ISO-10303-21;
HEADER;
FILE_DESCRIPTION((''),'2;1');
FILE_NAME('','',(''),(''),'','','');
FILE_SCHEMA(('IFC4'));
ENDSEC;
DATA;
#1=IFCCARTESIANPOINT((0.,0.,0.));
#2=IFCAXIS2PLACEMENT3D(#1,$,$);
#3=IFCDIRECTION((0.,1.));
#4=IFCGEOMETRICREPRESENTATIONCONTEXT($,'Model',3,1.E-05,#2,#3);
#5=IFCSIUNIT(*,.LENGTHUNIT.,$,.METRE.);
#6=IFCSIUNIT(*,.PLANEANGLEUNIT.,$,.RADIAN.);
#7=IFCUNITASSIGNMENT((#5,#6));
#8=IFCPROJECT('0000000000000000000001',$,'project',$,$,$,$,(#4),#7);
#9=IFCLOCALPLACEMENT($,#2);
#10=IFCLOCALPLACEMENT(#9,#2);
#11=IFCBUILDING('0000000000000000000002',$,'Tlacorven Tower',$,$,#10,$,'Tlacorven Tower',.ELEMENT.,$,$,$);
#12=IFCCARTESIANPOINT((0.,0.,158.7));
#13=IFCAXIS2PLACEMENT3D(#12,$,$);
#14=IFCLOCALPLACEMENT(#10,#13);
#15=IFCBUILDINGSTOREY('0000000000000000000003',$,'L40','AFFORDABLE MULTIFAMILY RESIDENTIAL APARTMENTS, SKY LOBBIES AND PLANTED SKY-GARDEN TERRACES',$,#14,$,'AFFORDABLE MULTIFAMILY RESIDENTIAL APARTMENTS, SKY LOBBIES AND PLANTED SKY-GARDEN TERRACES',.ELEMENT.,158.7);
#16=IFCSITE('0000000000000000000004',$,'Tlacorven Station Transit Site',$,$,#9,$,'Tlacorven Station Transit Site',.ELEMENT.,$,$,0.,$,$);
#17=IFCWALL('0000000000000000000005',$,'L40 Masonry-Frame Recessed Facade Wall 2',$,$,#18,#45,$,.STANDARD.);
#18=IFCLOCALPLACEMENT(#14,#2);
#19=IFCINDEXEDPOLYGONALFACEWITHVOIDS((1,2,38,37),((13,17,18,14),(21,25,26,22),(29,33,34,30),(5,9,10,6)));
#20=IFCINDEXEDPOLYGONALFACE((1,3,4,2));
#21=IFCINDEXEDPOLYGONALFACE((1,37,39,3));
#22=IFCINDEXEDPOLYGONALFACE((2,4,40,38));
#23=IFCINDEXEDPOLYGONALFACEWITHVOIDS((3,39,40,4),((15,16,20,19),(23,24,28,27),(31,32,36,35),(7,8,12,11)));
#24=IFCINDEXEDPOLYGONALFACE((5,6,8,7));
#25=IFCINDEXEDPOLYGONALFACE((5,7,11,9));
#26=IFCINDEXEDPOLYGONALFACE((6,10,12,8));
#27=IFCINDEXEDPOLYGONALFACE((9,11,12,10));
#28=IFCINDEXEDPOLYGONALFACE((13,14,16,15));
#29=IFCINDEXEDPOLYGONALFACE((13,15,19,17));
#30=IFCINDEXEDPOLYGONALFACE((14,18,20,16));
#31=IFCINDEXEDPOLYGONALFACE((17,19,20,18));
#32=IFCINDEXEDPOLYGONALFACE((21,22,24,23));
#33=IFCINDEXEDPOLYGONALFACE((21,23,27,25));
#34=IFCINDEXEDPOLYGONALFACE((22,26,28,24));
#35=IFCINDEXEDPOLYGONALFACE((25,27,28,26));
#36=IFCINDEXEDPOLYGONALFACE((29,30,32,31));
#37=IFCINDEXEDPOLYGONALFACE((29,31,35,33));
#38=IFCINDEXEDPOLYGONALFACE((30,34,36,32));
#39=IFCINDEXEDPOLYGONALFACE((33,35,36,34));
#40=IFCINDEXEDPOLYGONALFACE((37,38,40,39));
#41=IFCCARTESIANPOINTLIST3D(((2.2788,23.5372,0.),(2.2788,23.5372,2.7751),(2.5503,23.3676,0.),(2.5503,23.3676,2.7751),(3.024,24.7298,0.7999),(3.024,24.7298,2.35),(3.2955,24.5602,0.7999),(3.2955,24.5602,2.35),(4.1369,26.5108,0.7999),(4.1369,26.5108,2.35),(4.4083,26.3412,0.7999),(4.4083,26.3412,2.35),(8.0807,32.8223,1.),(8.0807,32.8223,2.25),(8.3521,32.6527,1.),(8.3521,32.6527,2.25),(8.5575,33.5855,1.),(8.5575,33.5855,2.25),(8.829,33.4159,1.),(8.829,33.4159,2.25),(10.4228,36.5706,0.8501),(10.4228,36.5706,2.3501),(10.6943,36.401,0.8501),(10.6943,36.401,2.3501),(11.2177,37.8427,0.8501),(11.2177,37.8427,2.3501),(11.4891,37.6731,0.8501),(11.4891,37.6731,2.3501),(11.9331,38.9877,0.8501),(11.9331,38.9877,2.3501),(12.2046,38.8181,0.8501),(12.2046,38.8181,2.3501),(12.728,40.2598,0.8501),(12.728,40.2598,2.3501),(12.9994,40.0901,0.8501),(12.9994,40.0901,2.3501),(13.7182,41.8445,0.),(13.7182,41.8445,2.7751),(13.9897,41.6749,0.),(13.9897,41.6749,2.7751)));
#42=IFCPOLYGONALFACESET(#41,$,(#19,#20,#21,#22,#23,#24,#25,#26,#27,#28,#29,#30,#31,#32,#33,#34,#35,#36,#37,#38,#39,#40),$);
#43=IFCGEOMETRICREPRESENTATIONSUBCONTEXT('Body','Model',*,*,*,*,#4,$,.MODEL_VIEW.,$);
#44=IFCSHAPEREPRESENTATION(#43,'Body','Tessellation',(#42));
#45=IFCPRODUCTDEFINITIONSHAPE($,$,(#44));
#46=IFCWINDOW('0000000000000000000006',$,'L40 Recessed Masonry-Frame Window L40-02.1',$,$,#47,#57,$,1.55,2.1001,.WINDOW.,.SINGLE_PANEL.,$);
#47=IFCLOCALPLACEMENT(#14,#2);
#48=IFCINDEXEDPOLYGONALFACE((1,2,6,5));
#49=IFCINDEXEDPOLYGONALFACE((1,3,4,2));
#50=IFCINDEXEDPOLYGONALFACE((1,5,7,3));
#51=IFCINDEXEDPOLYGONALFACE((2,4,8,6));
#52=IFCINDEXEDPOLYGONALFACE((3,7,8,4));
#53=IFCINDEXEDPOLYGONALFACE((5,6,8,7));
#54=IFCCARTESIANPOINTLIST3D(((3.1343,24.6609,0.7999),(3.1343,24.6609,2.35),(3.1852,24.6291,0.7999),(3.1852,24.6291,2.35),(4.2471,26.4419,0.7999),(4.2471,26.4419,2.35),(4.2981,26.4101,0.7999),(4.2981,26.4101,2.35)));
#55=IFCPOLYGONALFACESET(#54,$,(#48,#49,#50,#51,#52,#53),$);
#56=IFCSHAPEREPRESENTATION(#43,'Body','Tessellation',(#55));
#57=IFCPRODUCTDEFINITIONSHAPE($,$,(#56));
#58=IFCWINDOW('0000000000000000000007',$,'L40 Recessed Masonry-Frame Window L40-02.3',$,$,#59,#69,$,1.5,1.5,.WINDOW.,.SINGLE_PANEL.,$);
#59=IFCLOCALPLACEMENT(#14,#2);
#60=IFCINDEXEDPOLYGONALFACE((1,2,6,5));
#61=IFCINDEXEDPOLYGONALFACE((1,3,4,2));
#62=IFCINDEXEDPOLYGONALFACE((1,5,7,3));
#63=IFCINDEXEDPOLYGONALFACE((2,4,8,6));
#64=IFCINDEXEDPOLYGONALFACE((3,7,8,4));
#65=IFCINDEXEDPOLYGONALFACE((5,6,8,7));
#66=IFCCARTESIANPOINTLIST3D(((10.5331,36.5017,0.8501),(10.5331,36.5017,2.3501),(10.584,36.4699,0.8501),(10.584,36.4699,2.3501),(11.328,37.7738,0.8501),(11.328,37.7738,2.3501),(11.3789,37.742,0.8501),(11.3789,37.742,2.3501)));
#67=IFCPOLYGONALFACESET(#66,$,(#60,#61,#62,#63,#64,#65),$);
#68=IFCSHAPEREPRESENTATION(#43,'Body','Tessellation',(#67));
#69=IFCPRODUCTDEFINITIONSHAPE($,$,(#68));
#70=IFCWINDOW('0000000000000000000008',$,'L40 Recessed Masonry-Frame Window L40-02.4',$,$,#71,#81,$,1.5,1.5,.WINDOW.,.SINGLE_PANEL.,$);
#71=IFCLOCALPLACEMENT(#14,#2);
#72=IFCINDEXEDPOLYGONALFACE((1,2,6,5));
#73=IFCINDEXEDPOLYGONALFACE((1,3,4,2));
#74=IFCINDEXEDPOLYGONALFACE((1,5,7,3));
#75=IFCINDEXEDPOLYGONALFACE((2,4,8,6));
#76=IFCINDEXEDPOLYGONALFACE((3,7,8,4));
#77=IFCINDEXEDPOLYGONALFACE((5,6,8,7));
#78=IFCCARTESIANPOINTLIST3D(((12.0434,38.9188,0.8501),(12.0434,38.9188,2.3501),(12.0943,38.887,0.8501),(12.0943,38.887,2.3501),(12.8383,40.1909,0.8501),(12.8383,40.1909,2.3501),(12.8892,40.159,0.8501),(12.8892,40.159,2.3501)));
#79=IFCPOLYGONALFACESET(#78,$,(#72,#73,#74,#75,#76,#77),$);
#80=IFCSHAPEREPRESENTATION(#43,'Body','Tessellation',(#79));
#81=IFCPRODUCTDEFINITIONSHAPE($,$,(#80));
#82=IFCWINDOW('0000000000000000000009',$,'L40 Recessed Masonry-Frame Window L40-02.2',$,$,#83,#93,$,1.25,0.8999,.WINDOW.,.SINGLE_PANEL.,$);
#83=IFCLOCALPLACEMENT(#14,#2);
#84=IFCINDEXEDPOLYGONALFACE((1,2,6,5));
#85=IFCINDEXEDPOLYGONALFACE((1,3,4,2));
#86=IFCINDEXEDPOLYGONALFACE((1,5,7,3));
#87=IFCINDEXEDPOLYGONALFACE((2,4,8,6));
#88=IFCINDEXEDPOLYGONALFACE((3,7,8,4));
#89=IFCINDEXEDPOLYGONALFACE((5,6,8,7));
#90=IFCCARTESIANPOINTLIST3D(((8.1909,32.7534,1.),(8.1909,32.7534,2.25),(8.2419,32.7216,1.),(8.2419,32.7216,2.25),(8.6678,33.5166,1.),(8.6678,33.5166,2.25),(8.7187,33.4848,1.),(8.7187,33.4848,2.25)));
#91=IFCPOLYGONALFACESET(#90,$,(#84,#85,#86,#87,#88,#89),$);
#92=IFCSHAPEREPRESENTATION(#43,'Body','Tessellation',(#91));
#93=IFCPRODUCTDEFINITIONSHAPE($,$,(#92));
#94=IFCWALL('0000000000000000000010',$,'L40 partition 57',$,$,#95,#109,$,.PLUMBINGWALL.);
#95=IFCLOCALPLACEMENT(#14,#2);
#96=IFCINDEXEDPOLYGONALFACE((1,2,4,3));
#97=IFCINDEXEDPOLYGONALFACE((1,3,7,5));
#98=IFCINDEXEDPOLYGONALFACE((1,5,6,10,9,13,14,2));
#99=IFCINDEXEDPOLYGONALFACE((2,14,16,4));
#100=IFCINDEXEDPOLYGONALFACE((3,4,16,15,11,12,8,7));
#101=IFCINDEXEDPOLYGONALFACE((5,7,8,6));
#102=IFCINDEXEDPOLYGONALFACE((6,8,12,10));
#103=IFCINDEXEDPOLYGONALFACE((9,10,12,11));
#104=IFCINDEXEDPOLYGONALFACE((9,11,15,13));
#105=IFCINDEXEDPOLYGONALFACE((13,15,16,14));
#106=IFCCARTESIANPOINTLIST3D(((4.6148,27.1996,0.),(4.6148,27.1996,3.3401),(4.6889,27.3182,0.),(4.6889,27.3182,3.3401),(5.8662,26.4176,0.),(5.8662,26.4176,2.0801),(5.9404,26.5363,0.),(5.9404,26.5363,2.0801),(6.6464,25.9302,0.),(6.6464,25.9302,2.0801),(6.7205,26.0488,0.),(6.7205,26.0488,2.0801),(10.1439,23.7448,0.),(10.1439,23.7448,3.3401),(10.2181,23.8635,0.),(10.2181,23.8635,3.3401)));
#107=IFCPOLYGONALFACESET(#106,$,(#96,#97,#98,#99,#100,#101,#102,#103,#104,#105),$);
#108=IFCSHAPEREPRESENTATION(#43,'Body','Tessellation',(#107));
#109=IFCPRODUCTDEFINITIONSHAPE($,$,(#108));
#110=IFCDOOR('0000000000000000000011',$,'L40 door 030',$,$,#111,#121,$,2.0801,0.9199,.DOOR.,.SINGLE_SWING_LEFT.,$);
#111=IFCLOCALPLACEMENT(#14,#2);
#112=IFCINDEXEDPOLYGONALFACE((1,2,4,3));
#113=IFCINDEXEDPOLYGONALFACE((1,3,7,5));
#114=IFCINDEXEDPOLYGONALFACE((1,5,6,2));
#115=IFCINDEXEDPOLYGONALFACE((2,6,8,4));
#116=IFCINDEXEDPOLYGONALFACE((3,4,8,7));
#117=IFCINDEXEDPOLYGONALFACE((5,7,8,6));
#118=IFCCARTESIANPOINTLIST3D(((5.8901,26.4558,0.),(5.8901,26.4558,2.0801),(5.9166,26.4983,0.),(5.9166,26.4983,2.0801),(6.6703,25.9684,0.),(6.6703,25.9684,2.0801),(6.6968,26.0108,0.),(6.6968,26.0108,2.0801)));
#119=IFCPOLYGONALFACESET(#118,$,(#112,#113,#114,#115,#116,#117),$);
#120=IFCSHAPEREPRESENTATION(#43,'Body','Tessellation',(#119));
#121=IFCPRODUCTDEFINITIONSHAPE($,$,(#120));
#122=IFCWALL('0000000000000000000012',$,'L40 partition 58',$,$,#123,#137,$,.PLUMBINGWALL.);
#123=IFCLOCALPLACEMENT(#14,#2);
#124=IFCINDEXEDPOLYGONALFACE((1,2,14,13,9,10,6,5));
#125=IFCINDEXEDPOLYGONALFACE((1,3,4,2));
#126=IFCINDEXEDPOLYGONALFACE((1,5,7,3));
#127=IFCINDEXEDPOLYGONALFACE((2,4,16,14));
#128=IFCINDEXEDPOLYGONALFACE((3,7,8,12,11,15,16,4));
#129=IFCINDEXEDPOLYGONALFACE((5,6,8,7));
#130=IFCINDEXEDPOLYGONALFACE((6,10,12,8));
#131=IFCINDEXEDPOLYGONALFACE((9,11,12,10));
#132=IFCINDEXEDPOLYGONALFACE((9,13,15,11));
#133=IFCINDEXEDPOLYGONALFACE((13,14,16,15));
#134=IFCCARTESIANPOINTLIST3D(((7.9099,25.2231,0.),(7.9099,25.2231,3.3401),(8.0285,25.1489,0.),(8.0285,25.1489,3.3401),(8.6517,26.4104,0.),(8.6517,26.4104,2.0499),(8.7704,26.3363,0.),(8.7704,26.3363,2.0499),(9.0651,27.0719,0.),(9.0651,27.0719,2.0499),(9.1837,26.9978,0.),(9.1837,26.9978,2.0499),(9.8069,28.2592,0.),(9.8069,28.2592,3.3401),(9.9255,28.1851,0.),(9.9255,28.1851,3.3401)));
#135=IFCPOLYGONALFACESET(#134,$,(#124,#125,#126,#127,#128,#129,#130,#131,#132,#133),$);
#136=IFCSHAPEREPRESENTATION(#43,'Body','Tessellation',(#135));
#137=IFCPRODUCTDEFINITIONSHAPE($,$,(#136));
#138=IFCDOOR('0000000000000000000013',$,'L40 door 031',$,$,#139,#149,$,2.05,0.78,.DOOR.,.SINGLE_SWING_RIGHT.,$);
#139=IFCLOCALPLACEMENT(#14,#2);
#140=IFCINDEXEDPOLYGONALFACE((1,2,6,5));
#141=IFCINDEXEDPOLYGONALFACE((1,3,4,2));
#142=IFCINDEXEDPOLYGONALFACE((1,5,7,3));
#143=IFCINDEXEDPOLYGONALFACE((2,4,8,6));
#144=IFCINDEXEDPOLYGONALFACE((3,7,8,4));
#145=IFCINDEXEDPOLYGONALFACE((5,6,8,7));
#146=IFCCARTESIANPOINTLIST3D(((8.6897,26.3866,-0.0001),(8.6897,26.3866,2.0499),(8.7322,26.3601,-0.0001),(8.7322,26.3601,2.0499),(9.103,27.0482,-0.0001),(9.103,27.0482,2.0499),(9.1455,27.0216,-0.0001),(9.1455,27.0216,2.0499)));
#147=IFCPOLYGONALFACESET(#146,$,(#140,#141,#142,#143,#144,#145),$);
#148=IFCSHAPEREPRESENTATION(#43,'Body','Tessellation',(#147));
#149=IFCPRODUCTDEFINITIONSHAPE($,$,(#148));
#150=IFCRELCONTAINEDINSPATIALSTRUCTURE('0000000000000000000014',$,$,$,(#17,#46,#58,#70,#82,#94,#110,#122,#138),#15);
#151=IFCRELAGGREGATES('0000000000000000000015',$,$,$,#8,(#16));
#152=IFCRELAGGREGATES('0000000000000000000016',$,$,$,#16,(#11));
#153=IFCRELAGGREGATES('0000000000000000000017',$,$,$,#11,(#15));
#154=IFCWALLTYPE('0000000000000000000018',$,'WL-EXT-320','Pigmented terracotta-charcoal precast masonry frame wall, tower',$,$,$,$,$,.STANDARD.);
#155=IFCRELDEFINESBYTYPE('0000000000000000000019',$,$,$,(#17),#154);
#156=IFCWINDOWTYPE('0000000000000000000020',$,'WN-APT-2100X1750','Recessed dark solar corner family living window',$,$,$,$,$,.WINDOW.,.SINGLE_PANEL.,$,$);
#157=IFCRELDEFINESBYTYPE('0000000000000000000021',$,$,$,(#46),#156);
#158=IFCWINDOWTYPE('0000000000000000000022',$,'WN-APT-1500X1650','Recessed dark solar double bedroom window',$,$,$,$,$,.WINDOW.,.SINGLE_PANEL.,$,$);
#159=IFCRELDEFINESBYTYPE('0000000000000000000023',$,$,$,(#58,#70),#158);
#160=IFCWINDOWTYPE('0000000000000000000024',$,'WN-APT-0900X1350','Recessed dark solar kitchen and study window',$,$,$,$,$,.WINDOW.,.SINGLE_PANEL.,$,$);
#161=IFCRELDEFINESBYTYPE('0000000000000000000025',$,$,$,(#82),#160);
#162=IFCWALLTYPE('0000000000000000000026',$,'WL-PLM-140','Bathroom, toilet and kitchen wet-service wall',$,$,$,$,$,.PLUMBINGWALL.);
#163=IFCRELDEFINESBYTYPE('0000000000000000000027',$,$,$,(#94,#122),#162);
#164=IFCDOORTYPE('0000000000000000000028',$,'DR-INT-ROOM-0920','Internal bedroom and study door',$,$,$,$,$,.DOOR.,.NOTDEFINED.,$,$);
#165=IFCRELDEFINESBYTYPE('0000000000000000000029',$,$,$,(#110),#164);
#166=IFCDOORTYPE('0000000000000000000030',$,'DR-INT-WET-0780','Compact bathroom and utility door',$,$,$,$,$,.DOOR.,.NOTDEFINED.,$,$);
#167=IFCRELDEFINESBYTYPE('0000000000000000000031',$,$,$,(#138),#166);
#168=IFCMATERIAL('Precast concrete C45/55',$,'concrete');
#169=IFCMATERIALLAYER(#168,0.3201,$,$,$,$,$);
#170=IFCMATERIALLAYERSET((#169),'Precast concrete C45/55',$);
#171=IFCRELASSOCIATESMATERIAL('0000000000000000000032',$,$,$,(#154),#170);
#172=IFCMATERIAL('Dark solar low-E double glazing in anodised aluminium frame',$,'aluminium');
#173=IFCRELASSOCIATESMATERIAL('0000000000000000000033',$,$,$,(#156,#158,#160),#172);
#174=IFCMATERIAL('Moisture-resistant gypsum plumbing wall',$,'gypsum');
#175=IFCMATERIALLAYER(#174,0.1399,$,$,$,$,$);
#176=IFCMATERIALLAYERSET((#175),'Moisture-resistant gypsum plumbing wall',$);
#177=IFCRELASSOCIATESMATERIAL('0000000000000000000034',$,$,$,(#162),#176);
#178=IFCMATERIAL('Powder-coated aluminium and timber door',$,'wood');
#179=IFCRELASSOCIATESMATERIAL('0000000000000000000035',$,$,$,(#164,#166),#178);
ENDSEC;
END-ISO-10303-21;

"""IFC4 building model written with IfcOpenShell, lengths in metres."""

from ifc_helpers import new_model, si_unit, direction, frame, frame_2d, origin, place, context, subcontext, project, spatial, rectangle, extrude, source, transform, mapped, material, layer, layer_set, type_object, element, fill, save


model = new_model("IFC4")

# Units and contexts
model_context = context("Model", 3, precision=1e-05, world=origin(), true_north=direction((0.0, 1.0)))
body_context = subcontext(model_context, "Body", "Model", "MODEL_VIEW")
ifc_project = project(units=[si_unit("LENGTHUNIT", "METRE"), si_unit("PLANEANGLEUNIT", "RADIAN")], contexts=[model_context])

# Site, building, storey
site_placement = place(None, origin())
site = spatial("IfcSite", under=ifc_project, at=site_placement, Name="Tlacorven Station Transit Site", LongName="Tlacorven Station Transit Site", CompositionType="ELEMENT", RefElevation=0.0)
building_placement = place(site_placement, origin())
building = spatial("IfcBuilding", under=site, at=building_placement, Name="Tlacorven Tower", LongName="Tlacorven Tower", CompositionType="ELEMENT")
storey_placement = place(building_placement, frame((0.0, 0.0, 158.7)))
storey = spatial("IfcBuildingStorey", under=building, at=storey_placement, Name="L40", Description="AFFORDABLE MULTIFAMILY RESIDENTIAL APARTMENTS, SKY LOBBIES AND PLANTED SKY-GARDEN TERRACES", LongName="AFFORDABLE MULTIFAMILY RESIDENTIAL APARTMENTS, SKY LOBBIES AND PLANTED SKY-GARDEN TERRACES", CompositionType="ELEMENT", Elevation=158.7)

# Wall, openings, windows
ifc_material_1 = material(Name="Precast concrete C45/55", Category="concrete")
ifc_layer_1 = layer(ifc_material_1, 0.3201)
ifc_layer_set_1 = layer_set([ifc_layer_1], Name="Precast concrete C45/55")
wall_type_1 = type_object("IfcWallType", Name="WL-EXT-320", Description="Pigmented terracotta-charcoal precast masonry frame wall, tower", PredefinedType="STANDARD", material=ifc_layer_set_1)
wall_1_placement = place(storey_placement, frame((2.4146, 23.4524, 0.0), z_axis=(0.0, 0.0, 1.0), x_axis=(0.52991, 0.848054, 0.0)))
wall_1 = element("IfcWall", 1, at=wall_1_placement, inside=storey, type_object=wall_type_1, Name="L40 Masonry-Frame Recessed Facade Wall 2", PredefinedType="STANDARD", context=body_context, shape_type="SweptSolid", body=[
    extrude(rectangle(XDim=21.5874, YDim=0.3201, at=frame_2d((10.7937, 0.0))), origin(), (0.0, 0.0, 1.0), 2.7751),
])
opening_1_placement = place(wall_1_placement, frame((1.4062, 0.0, 0.8)))
opening_1 = element("IfcOpeningElement", 2, at=opening_1_placement, cuts=wall_1, PredefinedType="OPENING", context=body_context, shape_type="SweptSolid", body=[
    extrude(rectangle(XDim=2.1001, YDim=1.55, at=frame_2d((1.05, 0.7749))), frame((0.0, 0.1699, 0.0), z_axis=(0.0, -1.0, 0.0), x_axis=(1.0, 0.0, 0.0)), (0.0, 0.0, 1.0), 0.3401),
])
opening_2_placement = place(wall_1_placement, frame((10.9487, 0.0, 1.0)))
opening_2 = element("IfcOpeningElement", 3, at=opening_2_placement, cuts=wall_1, PredefinedType="OPENING", context=body_context, shape_type="SweptSolid", body=[
    extrude(rectangle(XDim=0.8999, YDim=1.25, at=frame_2d((0.45, 0.625))), frame((0.0, 0.1699, 0.0), z_axis=(0.0, -1.0, 0.0), x_axis=(1.0, 0.0, 0.0)), (0.0, 0.0, 1.0), 0.3401),
])
opening_3_placement = place(wall_1_placement, frame((15.3687, 0.0, 0.8501)))
opening_3 = element("IfcOpeningElement", 4, at=opening_3_placement, cuts=wall_1, PredefinedType="OPENING", context=body_context, shape_type="SweptSolid", body=[
    extrude(rectangle(XDim=1.5, YDim=1.5, at=frame_2d((0.75, 0.75))), frame((0.0, 0.1699, 0.0), z_axis=(0.0, -1.0, 0.0), x_axis=(1.0, 0.0, 0.0)), (0.0, 0.0, 1.0), 0.3401),
])
opening_4_placement = place(wall_1_placement, frame((18.2188, 0.0, 0.8501)))
opening_4 = element("IfcOpeningElement", 5, at=opening_4_placement, cuts=wall_1, PredefinedType="OPENING", context=body_context, shape_type="SweptSolid", body=[
    extrude(rectangle(XDim=1.5, YDim=1.5, at=frame_2d((0.75, 0.75))), frame((0.0, 0.1699, 0.0), z_axis=(0.0, -1.0, 0.0), x_axis=(1.0, 0.0, 0.0)), (0.0, 0.0, 1.0), 0.3401),
])
ifc_material_2 = material(Name="Dark solar low-E double glazing in anodised aluminium frame", Category="aluminium")
window_type_1 = type_object("IfcWindowType", Name="WN-APT-2100X1750", Description="Recessed dark solar corner family living window", PartitioningType="SINGLE_PANEL", PredefinedType="WINDOW", material=ifc_material_2)
shared_shape_1 = source(origin(), body_context, "Body", "SweptSolid", [
    extrude(rectangle(XDim=2.1001, YDim=1.55, at=frame_2d((1.05, 0.7749))), frame((0.0, 0.03, 0.0), z_axis=(0.0, -1.0, 0.0), x_axis=(1.0, 0.0, 0.0)), (0.0, 0.0, 1.0), 0.0601),
])
window_1_placement = place(opening_1_placement, origin())
window_1 = element("IfcWindow", 6, at=window_1_placement, inside=storey, type_object=window_type_1, Name="L40 Recessed Masonry-Frame Window L40-02.1", OverallHeight=1.55, OverallWidth=2.1001, PartitioningType="SINGLE_PANEL", PredefinedType="WINDOW", context=body_context, shape_type="MappedRepresentation", body=[
    mapped(shared_shape_1, transform((0.0, 0.0, 0.0), scale=1.0)),
])
fill(opening_1, window_1)
window_type_2 = type_object("IfcWindowType", Name="WN-APT-1500X1650", Description="Recessed dark solar double bedroom window", PartitioningType="SINGLE_PANEL", PredefinedType="WINDOW", material=ifc_material_2)
shared_shape_2 = source(origin(), body_context, "Body", "SweptSolid", [
    extrude(rectangle(XDim=1.5, YDim=1.5, at=frame_2d((0.75, 0.75))), frame((0.0, 0.03, 0.0), z_axis=(0.0, -1.0, 0.0), x_axis=(1.0, 0.0, 0.0)), (0.0, 0.0, 1.0), 0.0601),
])
window_2_placement = place(opening_3_placement, origin())
window_2 = element("IfcWindow", 7, at=window_2_placement, inside=storey, type_object=window_type_2, Name="L40 Recessed Masonry-Frame Window L40-02.3", OverallHeight=1.5, OverallWidth=1.5, PartitioningType="SINGLE_PANEL", PredefinedType="WINDOW", context=body_context, shape_type="MappedRepresentation", body=[
    mapped(shared_shape_2, transform((0.0, 0.0, 0.0), scale=1.0)),
])
fill(opening_3, window_2)
window_3_placement = place(opening_4_placement, origin())
window_3 = element("IfcWindow", 8, at=window_3_placement, inside=storey, type_object=window_type_2, Name="L40 Recessed Masonry-Frame Window L40-02.4", OverallHeight=1.5, OverallWidth=1.5, PartitioningType="SINGLE_PANEL", PredefinedType="WINDOW", context=body_context, shape_type="MappedRepresentation", body=[
    mapped(shared_shape_2, transform((0.0, 0.0, 0.0), scale=1.0)),
])
fill(opening_4, window_3)
window_type_3 = type_object("IfcWindowType", Name="WN-APT-0900X1350", Description="Recessed dark solar kitchen and study window", PartitioningType="SINGLE_PANEL", PredefinedType="WINDOW", material=ifc_material_2)
shared_shape_3 = source(origin(), body_context, "Body", "SweptSolid", [
    extrude(rectangle(XDim=0.8999, YDim=1.25, at=frame_2d((0.45, 0.625))), frame((0.0, 0.03, 0.0), z_axis=(0.0, -1.0, 0.0), x_axis=(1.0, 0.0, 0.0)), (0.0, 0.0, 1.0), 0.0601),
])
window_4_placement = place(opening_2_placement, origin())
window_4 = element("IfcWindow", 9, at=window_4_placement, inside=storey, type_object=window_type_3, Name="L40 Recessed Masonry-Frame Window L40-02.2", OverallHeight=1.25, OverallWidth=0.8999, PartitioningType="SINGLE_PANEL", PredefinedType="WINDOW", context=body_context, shape_type="MappedRepresentation", body=[
    mapped(shared_shape_3, transform((0.0, 0.0, 0.0), scale=1.0)),
])
fill(opening_2, window_4)

# Walls, openings, doors
ifc_material_3 = material(Name="Moisture-resistant gypsum plumbing wall", Category="gypsum")
ifc_layer_2 = layer(ifc_material_3, 0.1399)
ifc_layer_set_2 = layer_set([ifc_layer_2], Name="Moisture-resistant gypsum plumbing wall")
wall_type_2 = type_object("IfcWallType", Name="WL-PLM-140", Description="Bathroom, toilet and kitchen wet-service wall", PredefinedType="PLUMBINGWALL", material=ifc_layer_set_2)
wall_2_placement = place(storey_placement, frame((10.1809, 23.8042, 0.0), z_axis=(0.0, 0.0, 1.0), x_axis=(-0.848066, 0.529891, 0.0)))
wall_2 = element("IfcWall", 10, at=wall_2_placement, inside=storey, type_object=wall_type_2, Name="L40 partition 57", PredefinedType="PLUMBINGWALL", context=body_context, shape_type="SweptSolid", body=[
    extrude(rectangle(XDim=6.5198, YDim=0.1399, at=frame_2d((3.2598, 0.0))), origin(), (0.0, 0.0, 1.0), 3.3401),
])
opening_5_placement = place(wall_2_placement, frame((4.124, 0.0, 0.0)))
opening_5 = element("IfcOpeningElement", 11, at=opening_5_placement, cuts=wall_2, PredefinedType="OPENING", context=body_context, shape_type="SweptSolid", body=[
    extrude(rectangle(XDim=0.9199, YDim=2.0801, at=frame_2d((0.46, 1.04))), frame((0.0, 0.0801, 0.0), z_axis=(0.0, -1.0, 0.0), x_axis=(1.0, 0.0, 0.0)), (0.0, 0.0, 1.0), 0.1599),
])
ifc_material_4 = material(Name="Powder-coated aluminium and timber door", Category="wood")
door_type_1 = type_object("IfcDoorType", Name="DR-INT-ROOM-0920", Description="Internal bedroom and study door", OperationType="NOTDEFINED", PredefinedType="DOOR", material=ifc_material_4)
shared_shape_4 = source(origin(), body_context, "Body", "SweptSolid", [
    extrude(rectangle(XDim=0.9199, YDim=2.0801, at=frame_2d((0.46, 1.04))), frame((0.0, 0.0249, 0.0), z_axis=(0.0, -1.0, 0.0), x_axis=(1.0, 0.0, 0.0)), (0.0, 0.0, 1.0), 0.05),
])
door_1_placement = place(opening_5_placement, origin())
door_1 = element("IfcDoor", 12, at=door_1_placement, inside=storey, type_object=door_type_1, Name="L40 door 030", OperationType="SINGLE_SWING_LEFT", OverallHeight=2.0801, OverallWidth=0.9199, PredefinedType="DOOR", context=body_context, shape_type="MappedRepresentation", body=[
    mapped(shared_shape_4, transform((0.0, 0.0, 0.0), scale=1.0)),
])
fill(opening_5, door_1)
wall_3_placement = place(storey_placement, frame((9.8662, 28.2222, 0.0), z_axis=(0.0, 0.0, 1.0), x_axis=(-0.529876, -0.848075, 0.0)))
wall_3 = element("IfcWall", 13, at=wall_3_placement, inside=storey, type_object=wall_type_2, Name="L40 partition 58", PredefinedType="PLUMBINGWALL", context=body_context, shape_type="SweptSolid", body=[
    extrude(rectangle(XDim=3.5801, YDim=0.1399, at=frame_2d((1.79, 0.0))), origin(), (0.0, 0.0, 1.0), 3.3401),
])
opening_6_placement = place(wall_3_placement, frame((1.3999, 0.0, 0.0)))
opening_6 = element("IfcOpeningElement", 14, at=opening_6_placement, cuts=wall_3, PredefinedType="OPENING", context=body_context, shape_type="SweptSolid", body=[
    extrude(rectangle(XDim=0.78, YDim=2.05, at=frame_2d((0.3901, 1.0249))), frame((0.0, 0.0801, 0.0), z_axis=(0.0, -1.0, 0.0), x_axis=(1.0, 0.0, 0.0)), (0.0, 0.0, 1.0), 0.1599),
])
door_type_2 = type_object("IfcDoorType", Name="DR-INT-WET-0780", Description="Compact bathroom and utility door", OperationType="NOTDEFINED", PredefinedType="DOOR", material=ifc_material_4)
shared_shape_5 = source(origin(), body_context, "Body", "SweptSolid", [
    extrude(rectangle(XDim=0.78, YDim=2.05, at=frame_2d((0.3901, 1.0249))), frame((0.0, 0.0249, 0.0), z_axis=(0.0, -1.0, 0.0), x_axis=(1.0, 0.0, 0.0)), (0.0, 0.0, 1.0), 0.05),
])
door_2_placement = place(opening_6_placement, origin())
door_2 = element("IfcDoor", 15, at=door_2_placement, inside=storey, type_object=door_type_2, Name="L40 door 031", OperationType="SINGLE_SWING_RIGHT", OverallHeight=2.05, OverallWidth=0.78, PredefinedType="DOOR", context=body_context, shape_type="MappedRepresentation", body=[
    mapped(shared_shape_5, transform((0.0, 0.0, 0.0), scale=1.0)),
])
fill(opening_6, door_2)

save(model, "model.ifc")
